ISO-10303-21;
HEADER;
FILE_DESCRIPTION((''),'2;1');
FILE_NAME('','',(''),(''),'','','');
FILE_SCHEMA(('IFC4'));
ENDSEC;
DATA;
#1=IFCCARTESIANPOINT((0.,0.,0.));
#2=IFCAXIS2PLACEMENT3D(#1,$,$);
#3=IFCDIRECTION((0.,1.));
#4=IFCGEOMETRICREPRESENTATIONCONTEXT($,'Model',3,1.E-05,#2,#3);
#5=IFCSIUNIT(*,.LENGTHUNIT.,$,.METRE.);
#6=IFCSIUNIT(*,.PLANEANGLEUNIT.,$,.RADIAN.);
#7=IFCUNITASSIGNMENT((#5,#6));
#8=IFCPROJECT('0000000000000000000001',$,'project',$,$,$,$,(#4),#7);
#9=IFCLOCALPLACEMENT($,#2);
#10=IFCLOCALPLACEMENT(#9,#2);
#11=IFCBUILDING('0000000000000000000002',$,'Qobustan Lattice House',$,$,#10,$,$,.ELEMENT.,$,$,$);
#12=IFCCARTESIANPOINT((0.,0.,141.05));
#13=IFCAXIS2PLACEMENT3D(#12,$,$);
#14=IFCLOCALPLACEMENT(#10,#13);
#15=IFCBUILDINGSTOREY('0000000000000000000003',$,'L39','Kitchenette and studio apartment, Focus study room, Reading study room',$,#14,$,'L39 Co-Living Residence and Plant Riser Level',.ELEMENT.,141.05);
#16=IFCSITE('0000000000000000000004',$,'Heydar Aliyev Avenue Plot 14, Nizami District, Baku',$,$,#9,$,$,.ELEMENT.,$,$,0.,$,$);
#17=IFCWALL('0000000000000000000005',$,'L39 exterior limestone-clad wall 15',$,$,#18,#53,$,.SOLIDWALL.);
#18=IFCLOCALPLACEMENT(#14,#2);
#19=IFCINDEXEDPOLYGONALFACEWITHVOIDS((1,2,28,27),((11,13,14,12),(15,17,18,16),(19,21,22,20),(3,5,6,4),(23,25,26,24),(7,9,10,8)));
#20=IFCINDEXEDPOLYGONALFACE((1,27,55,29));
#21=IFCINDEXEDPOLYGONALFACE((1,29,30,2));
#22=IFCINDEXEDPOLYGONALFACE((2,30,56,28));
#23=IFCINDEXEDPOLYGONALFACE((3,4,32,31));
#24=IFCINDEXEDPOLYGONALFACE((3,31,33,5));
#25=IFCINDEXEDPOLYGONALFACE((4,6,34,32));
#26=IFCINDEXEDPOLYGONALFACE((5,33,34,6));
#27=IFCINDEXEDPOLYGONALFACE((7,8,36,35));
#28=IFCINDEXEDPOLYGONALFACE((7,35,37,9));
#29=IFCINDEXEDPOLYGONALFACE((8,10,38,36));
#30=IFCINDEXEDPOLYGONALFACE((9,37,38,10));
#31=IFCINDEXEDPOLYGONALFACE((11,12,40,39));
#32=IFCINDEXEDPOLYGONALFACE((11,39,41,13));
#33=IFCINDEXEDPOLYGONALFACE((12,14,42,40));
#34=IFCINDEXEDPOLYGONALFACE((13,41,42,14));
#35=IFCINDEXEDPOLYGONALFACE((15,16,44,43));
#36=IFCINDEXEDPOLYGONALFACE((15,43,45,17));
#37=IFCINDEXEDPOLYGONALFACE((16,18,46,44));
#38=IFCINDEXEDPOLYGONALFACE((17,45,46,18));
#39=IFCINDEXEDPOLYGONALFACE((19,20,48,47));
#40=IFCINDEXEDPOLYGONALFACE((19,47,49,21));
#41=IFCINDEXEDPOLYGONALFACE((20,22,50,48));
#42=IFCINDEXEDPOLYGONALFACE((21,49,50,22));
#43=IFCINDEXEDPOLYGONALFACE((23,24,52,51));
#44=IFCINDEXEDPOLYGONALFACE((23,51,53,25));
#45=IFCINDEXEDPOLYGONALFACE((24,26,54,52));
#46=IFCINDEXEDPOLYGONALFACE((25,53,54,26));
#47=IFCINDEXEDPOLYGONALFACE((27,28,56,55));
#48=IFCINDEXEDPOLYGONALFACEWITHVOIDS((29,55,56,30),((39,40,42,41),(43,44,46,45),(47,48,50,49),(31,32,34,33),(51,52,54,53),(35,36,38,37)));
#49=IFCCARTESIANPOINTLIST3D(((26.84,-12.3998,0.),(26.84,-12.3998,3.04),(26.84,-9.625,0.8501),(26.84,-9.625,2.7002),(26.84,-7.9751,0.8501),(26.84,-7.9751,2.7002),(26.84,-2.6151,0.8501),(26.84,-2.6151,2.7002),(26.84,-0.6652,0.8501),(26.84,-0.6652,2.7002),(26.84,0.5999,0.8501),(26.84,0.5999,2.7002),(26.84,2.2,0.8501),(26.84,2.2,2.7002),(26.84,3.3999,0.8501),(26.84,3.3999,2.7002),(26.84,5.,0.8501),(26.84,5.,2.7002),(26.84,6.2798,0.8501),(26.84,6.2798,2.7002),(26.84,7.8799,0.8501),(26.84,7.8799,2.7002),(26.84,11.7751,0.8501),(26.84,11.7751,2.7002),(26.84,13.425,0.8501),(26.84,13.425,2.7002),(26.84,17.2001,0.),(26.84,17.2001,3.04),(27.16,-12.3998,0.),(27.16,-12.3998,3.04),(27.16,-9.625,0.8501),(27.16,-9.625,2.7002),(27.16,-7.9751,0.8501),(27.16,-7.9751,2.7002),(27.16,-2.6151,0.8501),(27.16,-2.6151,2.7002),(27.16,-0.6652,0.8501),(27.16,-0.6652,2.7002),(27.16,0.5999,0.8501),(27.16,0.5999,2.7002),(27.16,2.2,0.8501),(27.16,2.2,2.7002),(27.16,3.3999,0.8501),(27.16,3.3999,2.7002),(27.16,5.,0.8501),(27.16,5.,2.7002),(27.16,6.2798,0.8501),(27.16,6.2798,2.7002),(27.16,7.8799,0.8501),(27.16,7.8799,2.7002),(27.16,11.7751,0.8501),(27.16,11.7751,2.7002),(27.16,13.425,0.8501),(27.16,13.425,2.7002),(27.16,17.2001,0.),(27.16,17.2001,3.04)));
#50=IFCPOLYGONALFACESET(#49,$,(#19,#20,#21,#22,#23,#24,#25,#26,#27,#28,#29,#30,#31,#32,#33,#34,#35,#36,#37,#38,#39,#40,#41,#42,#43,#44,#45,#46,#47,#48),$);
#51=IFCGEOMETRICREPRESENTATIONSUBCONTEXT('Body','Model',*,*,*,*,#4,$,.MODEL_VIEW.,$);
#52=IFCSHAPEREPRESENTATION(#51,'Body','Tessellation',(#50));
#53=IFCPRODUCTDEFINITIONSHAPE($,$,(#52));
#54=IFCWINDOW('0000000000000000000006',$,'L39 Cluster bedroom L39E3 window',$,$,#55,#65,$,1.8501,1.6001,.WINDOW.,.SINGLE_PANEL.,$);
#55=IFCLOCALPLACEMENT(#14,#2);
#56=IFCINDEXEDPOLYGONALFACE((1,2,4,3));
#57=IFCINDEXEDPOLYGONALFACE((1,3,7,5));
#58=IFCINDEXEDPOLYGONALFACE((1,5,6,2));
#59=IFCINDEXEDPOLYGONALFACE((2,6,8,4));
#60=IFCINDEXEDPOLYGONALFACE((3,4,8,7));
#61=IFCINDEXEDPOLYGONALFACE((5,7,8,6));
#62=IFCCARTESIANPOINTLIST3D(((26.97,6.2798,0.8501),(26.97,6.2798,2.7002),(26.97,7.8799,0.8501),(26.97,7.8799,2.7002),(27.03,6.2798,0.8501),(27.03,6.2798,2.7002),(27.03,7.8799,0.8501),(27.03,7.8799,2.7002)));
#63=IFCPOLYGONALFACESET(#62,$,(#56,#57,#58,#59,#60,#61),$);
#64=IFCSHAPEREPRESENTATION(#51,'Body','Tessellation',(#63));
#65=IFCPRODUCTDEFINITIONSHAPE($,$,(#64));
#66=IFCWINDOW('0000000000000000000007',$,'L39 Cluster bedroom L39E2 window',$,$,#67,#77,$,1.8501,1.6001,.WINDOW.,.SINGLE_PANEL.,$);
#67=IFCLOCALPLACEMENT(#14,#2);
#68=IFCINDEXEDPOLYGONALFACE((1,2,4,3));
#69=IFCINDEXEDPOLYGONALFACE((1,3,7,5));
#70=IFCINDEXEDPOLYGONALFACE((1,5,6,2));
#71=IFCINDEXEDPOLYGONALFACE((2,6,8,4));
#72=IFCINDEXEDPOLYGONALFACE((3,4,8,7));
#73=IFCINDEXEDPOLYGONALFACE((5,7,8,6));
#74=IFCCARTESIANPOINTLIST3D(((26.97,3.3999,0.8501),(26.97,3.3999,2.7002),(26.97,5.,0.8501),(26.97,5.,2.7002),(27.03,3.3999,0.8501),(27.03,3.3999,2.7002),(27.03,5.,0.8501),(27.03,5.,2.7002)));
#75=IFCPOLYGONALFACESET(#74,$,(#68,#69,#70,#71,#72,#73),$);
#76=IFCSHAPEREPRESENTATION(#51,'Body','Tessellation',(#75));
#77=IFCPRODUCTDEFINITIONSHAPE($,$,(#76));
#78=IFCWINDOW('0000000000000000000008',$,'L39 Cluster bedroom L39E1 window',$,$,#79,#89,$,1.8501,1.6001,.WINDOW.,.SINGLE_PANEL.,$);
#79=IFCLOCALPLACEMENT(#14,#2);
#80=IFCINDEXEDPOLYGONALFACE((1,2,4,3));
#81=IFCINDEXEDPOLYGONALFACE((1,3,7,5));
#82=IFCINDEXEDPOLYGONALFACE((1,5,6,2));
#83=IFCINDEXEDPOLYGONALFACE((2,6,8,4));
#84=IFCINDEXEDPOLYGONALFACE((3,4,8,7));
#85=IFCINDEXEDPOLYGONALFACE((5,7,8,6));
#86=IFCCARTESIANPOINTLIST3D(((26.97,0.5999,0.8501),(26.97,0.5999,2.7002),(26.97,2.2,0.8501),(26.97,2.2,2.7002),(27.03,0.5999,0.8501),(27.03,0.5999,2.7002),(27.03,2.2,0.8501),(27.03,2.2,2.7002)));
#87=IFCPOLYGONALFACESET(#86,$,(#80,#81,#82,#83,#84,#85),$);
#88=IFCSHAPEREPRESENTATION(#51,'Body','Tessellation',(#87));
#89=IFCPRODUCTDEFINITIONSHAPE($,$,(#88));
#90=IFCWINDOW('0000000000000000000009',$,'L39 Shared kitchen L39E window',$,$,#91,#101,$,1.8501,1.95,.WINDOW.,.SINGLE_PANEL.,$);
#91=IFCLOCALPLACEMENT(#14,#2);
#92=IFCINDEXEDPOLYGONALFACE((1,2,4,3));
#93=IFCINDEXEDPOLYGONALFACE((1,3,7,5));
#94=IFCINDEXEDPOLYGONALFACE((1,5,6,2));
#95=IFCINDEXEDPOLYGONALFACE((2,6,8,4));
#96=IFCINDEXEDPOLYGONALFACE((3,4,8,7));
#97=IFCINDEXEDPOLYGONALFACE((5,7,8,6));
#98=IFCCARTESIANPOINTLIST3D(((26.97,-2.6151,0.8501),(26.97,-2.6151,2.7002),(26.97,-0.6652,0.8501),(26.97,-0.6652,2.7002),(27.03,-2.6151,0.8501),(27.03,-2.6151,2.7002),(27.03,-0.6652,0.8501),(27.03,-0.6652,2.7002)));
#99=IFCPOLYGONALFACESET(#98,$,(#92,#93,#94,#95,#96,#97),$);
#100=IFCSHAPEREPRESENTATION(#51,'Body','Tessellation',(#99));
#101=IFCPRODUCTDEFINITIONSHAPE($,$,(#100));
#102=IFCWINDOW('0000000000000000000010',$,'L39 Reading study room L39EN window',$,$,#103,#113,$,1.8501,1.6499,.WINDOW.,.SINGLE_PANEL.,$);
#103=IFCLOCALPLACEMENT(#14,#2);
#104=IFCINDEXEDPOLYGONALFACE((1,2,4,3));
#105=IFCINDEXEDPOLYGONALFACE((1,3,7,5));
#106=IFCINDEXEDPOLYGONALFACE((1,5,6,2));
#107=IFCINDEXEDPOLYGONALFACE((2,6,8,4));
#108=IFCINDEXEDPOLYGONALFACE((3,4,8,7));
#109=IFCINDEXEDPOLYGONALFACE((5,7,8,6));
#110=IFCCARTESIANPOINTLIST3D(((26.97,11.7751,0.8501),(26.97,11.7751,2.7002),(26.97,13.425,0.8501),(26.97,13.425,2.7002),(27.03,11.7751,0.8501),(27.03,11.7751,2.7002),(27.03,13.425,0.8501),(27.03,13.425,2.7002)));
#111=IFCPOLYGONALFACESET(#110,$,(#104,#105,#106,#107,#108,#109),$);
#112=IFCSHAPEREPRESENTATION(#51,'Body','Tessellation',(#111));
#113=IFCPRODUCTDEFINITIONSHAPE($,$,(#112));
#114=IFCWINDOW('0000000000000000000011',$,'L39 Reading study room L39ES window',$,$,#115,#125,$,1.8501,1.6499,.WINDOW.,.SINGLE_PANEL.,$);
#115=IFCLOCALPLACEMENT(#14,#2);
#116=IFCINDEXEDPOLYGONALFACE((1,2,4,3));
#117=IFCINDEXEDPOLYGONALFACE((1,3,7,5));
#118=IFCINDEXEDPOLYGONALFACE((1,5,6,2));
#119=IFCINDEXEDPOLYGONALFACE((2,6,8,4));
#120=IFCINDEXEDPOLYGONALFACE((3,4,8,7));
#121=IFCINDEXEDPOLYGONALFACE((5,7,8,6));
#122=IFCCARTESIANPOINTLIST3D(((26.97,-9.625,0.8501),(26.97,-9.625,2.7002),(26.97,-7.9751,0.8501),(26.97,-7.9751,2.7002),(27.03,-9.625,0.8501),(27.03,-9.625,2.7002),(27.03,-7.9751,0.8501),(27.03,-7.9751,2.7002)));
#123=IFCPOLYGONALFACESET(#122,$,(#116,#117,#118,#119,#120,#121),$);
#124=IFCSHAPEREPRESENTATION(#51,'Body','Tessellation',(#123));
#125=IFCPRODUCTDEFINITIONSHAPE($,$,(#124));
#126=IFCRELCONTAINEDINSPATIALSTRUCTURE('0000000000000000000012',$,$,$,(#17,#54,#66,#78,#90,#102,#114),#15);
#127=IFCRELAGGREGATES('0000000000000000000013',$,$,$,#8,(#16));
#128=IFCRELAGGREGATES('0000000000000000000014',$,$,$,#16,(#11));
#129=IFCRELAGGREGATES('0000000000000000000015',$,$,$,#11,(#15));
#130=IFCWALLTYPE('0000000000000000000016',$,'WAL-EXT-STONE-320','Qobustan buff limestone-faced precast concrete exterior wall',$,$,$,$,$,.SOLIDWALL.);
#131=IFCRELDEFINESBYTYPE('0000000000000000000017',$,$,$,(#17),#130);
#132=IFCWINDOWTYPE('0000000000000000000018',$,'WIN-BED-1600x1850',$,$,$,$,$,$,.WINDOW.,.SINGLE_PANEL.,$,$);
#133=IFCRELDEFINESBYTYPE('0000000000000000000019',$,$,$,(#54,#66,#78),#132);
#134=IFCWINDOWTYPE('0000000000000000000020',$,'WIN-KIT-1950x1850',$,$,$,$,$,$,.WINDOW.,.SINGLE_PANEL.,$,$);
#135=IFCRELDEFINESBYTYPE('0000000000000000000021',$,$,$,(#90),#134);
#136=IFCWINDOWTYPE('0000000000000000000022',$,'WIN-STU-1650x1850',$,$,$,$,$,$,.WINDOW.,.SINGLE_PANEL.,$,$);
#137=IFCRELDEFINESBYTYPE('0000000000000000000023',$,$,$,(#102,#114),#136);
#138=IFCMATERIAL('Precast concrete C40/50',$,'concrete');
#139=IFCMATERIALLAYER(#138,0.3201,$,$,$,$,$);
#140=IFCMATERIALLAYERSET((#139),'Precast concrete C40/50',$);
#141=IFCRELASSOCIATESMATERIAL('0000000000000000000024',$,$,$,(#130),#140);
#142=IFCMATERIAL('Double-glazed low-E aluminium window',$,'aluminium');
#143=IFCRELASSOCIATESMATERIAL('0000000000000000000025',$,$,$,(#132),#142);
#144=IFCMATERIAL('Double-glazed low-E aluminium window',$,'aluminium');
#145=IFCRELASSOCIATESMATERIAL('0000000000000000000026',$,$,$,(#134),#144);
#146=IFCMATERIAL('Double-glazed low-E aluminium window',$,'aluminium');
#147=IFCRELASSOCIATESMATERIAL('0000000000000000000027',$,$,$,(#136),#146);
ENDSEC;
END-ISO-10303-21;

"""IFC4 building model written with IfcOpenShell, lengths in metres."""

from ifc_helpers import new_model, si_unit, direction, frame, frame_2d, origin, place, context, subcontext, project, spatial, rectangle, extrude, material, layer, layer_set, type_object, element, fill, save


model = new_model("IFC4")

# Units and contexts
model_context = context("Model", 3, precision=1e-05, world=origin(), true_north=direction((0.0, 1.0)))
body_context = subcontext(model_context, "Body", "Model", "MODEL_VIEW")
ifc_project = project(units=[si_unit("LENGTHUNIT", "METRE"), si_unit("PLANEANGLEUNIT", "RADIAN")], contexts=[model_context])

# Site, building, storey
site_placement = place(None, origin())
site = spatial("IfcSite", under=ifc_project, at=site_placement, Name="Heydar Aliyev Avenue Plot 14, Nizami District, Baku", CompositionType="ELEMENT", RefElevation=0.0)
building_placement = place(site_placement, origin())
building = spatial("IfcBuilding", under=site, at=building_placement, Name="Qobustan Lattice House", CompositionType="ELEMENT")
storey_placement = place(building_placement, frame((0.0, 0.0, 141.05)))
storey = spatial("IfcBuildingStorey", under=building, at=storey_placement, Name="L39", Description="Kitchenette and studio apartment, Focus study room, Reading study room", LongName="L39 Co-Living Residence and Plant Riser Level", CompositionType="ELEMENT", Elevation=141.05)

# Shared definitions
ifc_material_1 = material(Name="Precast concrete C40/50", Category="concrete")
ifc_layer_1 = layer(ifc_material_1, 0.3201)
ifc_layer_set_1 = layer_set([ifc_layer_1], Name="Precast concrete C40/50")
wall_type = type_object("IfcWallType", Name="WAL-EXT-STONE-320", Description="Qobustan buff limestone-faced precast concrete exterior wall", PredefinedType="SOLIDWALL", material=ifc_layer_set_1)

# Wall, openings, windows
wall_1_placement = place(storey_placement, frame((27.0, 17.2, 0.0), z_axis=(0.0, 0.0, 1.0), x_axis=(0.0, -1.0, 0.0)))
wall_1 = element("IfcWall", 1, at=wall_1_placement, inside=storey, type_object=wall_type, Name="L39 exterior limestone-clad wall 15", PredefinedType="SOLIDWALL", context=body_context, shape_type="SweptSolid", body=[
    extrude(rectangle(XDim=29.5999, YDim=0.3201, at=frame_2d((14.7998, 0.0))), origin(), (0.0, 0.0, 1.0), 3.04),
])
opening_1_placement = place(wall_1_placement, frame((3.7749, 0.0, 0.8501)))
opening_1 = element("IfcOpeningElement", 2, at=opening_1_placement, cuts=wall_1, PredefinedType="OPENING", context=body_context, shape_type="SweptSolid", body=[
    extrude(rectangle(XDim=1.6499, YDim=1.8501, at=frame_2d((0.825, 0.925))), frame((0.0, 0.1699, 0.0), z_axis=(0.0, -1.0, 0.0), x_axis=(1.0, 0.0, 0.0)), (0.0, 0.0, 1.0), 0.3401),
])
opening_2_placement = place(wall_1_placement, frame((9.3201, 0.0, 0.8501)))
opening_2 = element("IfcOpeningElement", 3, at=opening_2_placement, cuts=wall_1, PredefinedType="OPENING", context=body_context, shape_type="SweptSolid", body=[
    extrude(rectangle(XDim=1.6001, YDim=1.8501, at=frame_2d((0.8, 0.925))), frame((0.0, 0.1699, 0.0), z_axis=(0.0, -1.0, 0.0), x_axis=(1.0, 0.0, 0.0)), (0.0, 0.0, 1.0), 0.3401),
])
opening_3_placement = place(wall_1_placement, frame((12.2, 0.0, 0.8501)))
opening_3 = element("IfcOpeningElement", 4, at=opening_3_placement, cuts=wall_1, PredefinedType="OPENING", context=body_context, shape_type="SweptSolid", body=[
    extrude(rectangle(XDim=1.6001, YDim=1.8501, at=frame_2d((0.8, 0.925))), frame((0.0, 0.1699, 0.0), z_axis=(0.0, -1.0, 0.0), x_axis=(1.0, 0.0, 0.0)), (0.0, 0.0, 1.0), 0.3401),
])
opening_4_placement = place(wall_1_placement, frame((15.0, 0.0, 0.8501)))
opening_4 = element("IfcOpeningElement", 5, at=opening_4_placement, cuts=wall_1, PredefinedType="OPENING", context=body_context, shape_type="SweptSolid", body=[
    extrude(rectangle(XDim=1.6001, YDim=1.8501, at=frame_2d((0.8, 0.925))), frame((0.0, 0.1699, 0.0), z_axis=(0.0, -1.0, 0.0), x_axis=(1.0, 0.0, 0.0)), (0.0, 0.0, 1.0), 0.3401),
])
opening_5_placement = place(wall_1_placement, frame((17.865, 0.0, 0.8501)))
opening_5 = element("IfcOpeningElement", 6, at=opening_5_placement, cuts=wall_1, PredefinedType="OPENING", context=body_context, shape_type="SweptSolid", body=[
    extrude(rectangle(XDim=1.95, YDim=1.8501, at=frame_2d((0.9751, 0.925))), frame((0.0, 0.1699, 0.0), z_axis=(0.0, -1.0, 0.0), x_axis=(1.0, 0.0, 0.0)), (0.0, 0.0, 1.0), 0.3401),
])
opening_6_placement = place(wall_1_placement, frame((25.175, 0.0, 0.8501)))
opening_6 = element("IfcOpeningElement", 7, at=opening_6_placement, cuts=wall_1, PredefinedType="OPENING", context=body_context, shape_type="SweptSolid", body=[
    extrude(rectangle(XDim=1.6499, YDim=1.8501, at=frame_2d((0.825, 0.925))), frame((0.0, 0.1699, 0.0), z_axis=(0.0, -1.0, 0.0), x_axis=(1.0, 0.0, 0.0)), (0.0, 0.0, 1.0), 0.3401),
])
ifc_material_2 = material(Name="Double-glazed low-E aluminium window", Category="aluminium")
window_type_1 = type_object("IfcWindowType", Name="WIN-BED-1600x1850", PartitioningType="SINGLE_PANEL", PredefinedType="WINDOW", material=ifc_material_2)
window_1_placement = place(opening_2_placement, origin())
window_1 = element("IfcWindow", 8, at=window_1_placement, inside=storey, type_object=window_type_1, Name="L39 Cluster bedroom L39E3 window", OverallHeight=1.8501, OverallWidth=1.6001, PartitioningType="SINGLE_PANEL", PredefinedType="WINDOW", context=body_context, shape_type="SweptSolid", body=[
    extrude(rectangle(XDim=1.6001, YDim=1.8501, at=frame_2d((0.8, 0.925))), frame((0.0, 0.03, 0.0), z_axis=(0.0, -1.0, 0.0), x_axis=(1.0, 0.0, 0.0)), (0.0, 0.0, 1.0), 0.0601),
])
fill(opening_2, window_1)
window_2_placement = place(opening_3_placement, origin())
window_2 = element("IfcWindow", 9, at=window_2_placement, inside=storey, type_object=window_type_1, Name="L39 Cluster bedroom L39E2 window", OverallHeight=1.8501, OverallWidth=1.6001, PartitioningType="SINGLE_PANEL", PredefinedType="WINDOW", context=body_context, shape_type="SweptSolid", body=[
    extrude(rectangle(XDim=1.6001, YDim=1.8501, at=frame_2d((0.8, 0.925))), frame((0.0, 0.03, 0.0), z_axis=(0.0, -1.0, 0.0), x_axis=(1.0, 0.0, 0.0)), (0.0, 0.0, 1.0), 0.0601),
])
fill(opening_3, window_2)
window_3_placement = place(opening_4_placement, origin())
window_3 = element("IfcWindow", 10, at=window_3_placement, inside=storey, type_object=window_type_1, Name="L39 Cluster bedroom L39E1 window", OverallHeight=1.8501, OverallWidth=1.6001, PartitioningType="SINGLE_PANEL", PredefinedType="WINDOW", context=body_context, shape_type="SweptSolid", body=[
    extrude(rectangle(XDim=1.6001, YDim=1.8501, at=frame_2d((0.8, 0.925))), frame((0.0, 0.03, 0.0), z_axis=(0.0, -1.0, 0.0), x_axis=(1.0, 0.0, 0.0)), (0.0, 0.0, 1.0), 0.0601),
])
fill(opening_4, window_3)
ifc_material_3 = material(Name="Double-glazed low-E aluminium window", Category="aluminium")
window_type_2 = type_object("IfcWindowType", Name="WIN-KIT-1950x1850", PartitioningType="SINGLE_PANEL", PredefinedType="WINDOW", material=ifc_material_3)
window_4_placement = place(opening_5_placement, origin())
window_4 = element("IfcWindow", 11, at=window_4_placement, inside=storey, type_object=window_type_2, Name="L39 Shared kitchen L39E window", OverallHeight=1.8501, OverallWidth=1.95, PartitioningType="SINGLE_PANEL", PredefinedType="WINDOW", context=body_context, shape_type="SweptSolid", body=[
    extrude(rectangle(XDim=1.95, YDim=1.8501, at=frame_2d((0.9751, 0.925))), frame((0.0, 0.03, 0.0), z_axis=(0.0, -1.0, 0.0), x_axis=(1.0, 0.0, 0.0)), (0.0, 0.0, 1.0), 0.0601),
])
fill(opening_5, window_4)
ifc_material_4 = material(Name="Double-glazed low-E aluminium window", Category="aluminium")
window_type_3 = type_object("IfcWindowType", Name="WIN-STU-1650x1850", PartitioningType="SINGLE_PANEL", PredefinedType="WINDOW", material=ifc_material_4)
window_5_placement = place(opening_1_placement, origin())
window_5 = element("IfcWindow", 12, at=window_5_placement, inside=storey, type_object=window_type_3, Name="L39 Reading study room L39EN window", OverallHeight=1.8501, OverallWidth=1.6499, PartitioningType="SINGLE_PANEL", PredefinedType="WINDOW", context=body_context, shape_type="SweptSolid", body=[
    extrude(rectangle(XDim=1.6499, YDim=1.8501, at=frame_2d((0.825, 0.925))), frame((0.0, 0.03, 0.0), z_axis=(0.0, -1.0, 0.0), x_axis=(1.0, 0.0, 0.0)), (0.0, 0.0, 1.0), 0.0601),
])
fill(opening_1, window_5)
window_6_placement = place(opening_6_placement, origin())
window_6 = element("IfcWindow", 13, at=window_6_placement, inside=storey, type_object=window_type_3, Name="L39 Reading study room L39ES window", OverallHeight=1.8501, OverallWidth=1.6499, PartitioningType="SINGLE_PANEL", PredefinedType="WINDOW", context=body_context, shape_type="SweptSolid", body=[
    extrude(rectangle(XDim=1.6499, YDim=1.8501, at=frame_2d((0.825, 0.925))), frame((0.0, 0.03, 0.0), z_axis=(0.0, -1.0, 0.0), x_axis=(1.0, 0.0, 0.0)), (0.0, 0.0, 1.0), 0.0601),
])
fill(opening_6, window_6)

save(model, "model.ifc")
